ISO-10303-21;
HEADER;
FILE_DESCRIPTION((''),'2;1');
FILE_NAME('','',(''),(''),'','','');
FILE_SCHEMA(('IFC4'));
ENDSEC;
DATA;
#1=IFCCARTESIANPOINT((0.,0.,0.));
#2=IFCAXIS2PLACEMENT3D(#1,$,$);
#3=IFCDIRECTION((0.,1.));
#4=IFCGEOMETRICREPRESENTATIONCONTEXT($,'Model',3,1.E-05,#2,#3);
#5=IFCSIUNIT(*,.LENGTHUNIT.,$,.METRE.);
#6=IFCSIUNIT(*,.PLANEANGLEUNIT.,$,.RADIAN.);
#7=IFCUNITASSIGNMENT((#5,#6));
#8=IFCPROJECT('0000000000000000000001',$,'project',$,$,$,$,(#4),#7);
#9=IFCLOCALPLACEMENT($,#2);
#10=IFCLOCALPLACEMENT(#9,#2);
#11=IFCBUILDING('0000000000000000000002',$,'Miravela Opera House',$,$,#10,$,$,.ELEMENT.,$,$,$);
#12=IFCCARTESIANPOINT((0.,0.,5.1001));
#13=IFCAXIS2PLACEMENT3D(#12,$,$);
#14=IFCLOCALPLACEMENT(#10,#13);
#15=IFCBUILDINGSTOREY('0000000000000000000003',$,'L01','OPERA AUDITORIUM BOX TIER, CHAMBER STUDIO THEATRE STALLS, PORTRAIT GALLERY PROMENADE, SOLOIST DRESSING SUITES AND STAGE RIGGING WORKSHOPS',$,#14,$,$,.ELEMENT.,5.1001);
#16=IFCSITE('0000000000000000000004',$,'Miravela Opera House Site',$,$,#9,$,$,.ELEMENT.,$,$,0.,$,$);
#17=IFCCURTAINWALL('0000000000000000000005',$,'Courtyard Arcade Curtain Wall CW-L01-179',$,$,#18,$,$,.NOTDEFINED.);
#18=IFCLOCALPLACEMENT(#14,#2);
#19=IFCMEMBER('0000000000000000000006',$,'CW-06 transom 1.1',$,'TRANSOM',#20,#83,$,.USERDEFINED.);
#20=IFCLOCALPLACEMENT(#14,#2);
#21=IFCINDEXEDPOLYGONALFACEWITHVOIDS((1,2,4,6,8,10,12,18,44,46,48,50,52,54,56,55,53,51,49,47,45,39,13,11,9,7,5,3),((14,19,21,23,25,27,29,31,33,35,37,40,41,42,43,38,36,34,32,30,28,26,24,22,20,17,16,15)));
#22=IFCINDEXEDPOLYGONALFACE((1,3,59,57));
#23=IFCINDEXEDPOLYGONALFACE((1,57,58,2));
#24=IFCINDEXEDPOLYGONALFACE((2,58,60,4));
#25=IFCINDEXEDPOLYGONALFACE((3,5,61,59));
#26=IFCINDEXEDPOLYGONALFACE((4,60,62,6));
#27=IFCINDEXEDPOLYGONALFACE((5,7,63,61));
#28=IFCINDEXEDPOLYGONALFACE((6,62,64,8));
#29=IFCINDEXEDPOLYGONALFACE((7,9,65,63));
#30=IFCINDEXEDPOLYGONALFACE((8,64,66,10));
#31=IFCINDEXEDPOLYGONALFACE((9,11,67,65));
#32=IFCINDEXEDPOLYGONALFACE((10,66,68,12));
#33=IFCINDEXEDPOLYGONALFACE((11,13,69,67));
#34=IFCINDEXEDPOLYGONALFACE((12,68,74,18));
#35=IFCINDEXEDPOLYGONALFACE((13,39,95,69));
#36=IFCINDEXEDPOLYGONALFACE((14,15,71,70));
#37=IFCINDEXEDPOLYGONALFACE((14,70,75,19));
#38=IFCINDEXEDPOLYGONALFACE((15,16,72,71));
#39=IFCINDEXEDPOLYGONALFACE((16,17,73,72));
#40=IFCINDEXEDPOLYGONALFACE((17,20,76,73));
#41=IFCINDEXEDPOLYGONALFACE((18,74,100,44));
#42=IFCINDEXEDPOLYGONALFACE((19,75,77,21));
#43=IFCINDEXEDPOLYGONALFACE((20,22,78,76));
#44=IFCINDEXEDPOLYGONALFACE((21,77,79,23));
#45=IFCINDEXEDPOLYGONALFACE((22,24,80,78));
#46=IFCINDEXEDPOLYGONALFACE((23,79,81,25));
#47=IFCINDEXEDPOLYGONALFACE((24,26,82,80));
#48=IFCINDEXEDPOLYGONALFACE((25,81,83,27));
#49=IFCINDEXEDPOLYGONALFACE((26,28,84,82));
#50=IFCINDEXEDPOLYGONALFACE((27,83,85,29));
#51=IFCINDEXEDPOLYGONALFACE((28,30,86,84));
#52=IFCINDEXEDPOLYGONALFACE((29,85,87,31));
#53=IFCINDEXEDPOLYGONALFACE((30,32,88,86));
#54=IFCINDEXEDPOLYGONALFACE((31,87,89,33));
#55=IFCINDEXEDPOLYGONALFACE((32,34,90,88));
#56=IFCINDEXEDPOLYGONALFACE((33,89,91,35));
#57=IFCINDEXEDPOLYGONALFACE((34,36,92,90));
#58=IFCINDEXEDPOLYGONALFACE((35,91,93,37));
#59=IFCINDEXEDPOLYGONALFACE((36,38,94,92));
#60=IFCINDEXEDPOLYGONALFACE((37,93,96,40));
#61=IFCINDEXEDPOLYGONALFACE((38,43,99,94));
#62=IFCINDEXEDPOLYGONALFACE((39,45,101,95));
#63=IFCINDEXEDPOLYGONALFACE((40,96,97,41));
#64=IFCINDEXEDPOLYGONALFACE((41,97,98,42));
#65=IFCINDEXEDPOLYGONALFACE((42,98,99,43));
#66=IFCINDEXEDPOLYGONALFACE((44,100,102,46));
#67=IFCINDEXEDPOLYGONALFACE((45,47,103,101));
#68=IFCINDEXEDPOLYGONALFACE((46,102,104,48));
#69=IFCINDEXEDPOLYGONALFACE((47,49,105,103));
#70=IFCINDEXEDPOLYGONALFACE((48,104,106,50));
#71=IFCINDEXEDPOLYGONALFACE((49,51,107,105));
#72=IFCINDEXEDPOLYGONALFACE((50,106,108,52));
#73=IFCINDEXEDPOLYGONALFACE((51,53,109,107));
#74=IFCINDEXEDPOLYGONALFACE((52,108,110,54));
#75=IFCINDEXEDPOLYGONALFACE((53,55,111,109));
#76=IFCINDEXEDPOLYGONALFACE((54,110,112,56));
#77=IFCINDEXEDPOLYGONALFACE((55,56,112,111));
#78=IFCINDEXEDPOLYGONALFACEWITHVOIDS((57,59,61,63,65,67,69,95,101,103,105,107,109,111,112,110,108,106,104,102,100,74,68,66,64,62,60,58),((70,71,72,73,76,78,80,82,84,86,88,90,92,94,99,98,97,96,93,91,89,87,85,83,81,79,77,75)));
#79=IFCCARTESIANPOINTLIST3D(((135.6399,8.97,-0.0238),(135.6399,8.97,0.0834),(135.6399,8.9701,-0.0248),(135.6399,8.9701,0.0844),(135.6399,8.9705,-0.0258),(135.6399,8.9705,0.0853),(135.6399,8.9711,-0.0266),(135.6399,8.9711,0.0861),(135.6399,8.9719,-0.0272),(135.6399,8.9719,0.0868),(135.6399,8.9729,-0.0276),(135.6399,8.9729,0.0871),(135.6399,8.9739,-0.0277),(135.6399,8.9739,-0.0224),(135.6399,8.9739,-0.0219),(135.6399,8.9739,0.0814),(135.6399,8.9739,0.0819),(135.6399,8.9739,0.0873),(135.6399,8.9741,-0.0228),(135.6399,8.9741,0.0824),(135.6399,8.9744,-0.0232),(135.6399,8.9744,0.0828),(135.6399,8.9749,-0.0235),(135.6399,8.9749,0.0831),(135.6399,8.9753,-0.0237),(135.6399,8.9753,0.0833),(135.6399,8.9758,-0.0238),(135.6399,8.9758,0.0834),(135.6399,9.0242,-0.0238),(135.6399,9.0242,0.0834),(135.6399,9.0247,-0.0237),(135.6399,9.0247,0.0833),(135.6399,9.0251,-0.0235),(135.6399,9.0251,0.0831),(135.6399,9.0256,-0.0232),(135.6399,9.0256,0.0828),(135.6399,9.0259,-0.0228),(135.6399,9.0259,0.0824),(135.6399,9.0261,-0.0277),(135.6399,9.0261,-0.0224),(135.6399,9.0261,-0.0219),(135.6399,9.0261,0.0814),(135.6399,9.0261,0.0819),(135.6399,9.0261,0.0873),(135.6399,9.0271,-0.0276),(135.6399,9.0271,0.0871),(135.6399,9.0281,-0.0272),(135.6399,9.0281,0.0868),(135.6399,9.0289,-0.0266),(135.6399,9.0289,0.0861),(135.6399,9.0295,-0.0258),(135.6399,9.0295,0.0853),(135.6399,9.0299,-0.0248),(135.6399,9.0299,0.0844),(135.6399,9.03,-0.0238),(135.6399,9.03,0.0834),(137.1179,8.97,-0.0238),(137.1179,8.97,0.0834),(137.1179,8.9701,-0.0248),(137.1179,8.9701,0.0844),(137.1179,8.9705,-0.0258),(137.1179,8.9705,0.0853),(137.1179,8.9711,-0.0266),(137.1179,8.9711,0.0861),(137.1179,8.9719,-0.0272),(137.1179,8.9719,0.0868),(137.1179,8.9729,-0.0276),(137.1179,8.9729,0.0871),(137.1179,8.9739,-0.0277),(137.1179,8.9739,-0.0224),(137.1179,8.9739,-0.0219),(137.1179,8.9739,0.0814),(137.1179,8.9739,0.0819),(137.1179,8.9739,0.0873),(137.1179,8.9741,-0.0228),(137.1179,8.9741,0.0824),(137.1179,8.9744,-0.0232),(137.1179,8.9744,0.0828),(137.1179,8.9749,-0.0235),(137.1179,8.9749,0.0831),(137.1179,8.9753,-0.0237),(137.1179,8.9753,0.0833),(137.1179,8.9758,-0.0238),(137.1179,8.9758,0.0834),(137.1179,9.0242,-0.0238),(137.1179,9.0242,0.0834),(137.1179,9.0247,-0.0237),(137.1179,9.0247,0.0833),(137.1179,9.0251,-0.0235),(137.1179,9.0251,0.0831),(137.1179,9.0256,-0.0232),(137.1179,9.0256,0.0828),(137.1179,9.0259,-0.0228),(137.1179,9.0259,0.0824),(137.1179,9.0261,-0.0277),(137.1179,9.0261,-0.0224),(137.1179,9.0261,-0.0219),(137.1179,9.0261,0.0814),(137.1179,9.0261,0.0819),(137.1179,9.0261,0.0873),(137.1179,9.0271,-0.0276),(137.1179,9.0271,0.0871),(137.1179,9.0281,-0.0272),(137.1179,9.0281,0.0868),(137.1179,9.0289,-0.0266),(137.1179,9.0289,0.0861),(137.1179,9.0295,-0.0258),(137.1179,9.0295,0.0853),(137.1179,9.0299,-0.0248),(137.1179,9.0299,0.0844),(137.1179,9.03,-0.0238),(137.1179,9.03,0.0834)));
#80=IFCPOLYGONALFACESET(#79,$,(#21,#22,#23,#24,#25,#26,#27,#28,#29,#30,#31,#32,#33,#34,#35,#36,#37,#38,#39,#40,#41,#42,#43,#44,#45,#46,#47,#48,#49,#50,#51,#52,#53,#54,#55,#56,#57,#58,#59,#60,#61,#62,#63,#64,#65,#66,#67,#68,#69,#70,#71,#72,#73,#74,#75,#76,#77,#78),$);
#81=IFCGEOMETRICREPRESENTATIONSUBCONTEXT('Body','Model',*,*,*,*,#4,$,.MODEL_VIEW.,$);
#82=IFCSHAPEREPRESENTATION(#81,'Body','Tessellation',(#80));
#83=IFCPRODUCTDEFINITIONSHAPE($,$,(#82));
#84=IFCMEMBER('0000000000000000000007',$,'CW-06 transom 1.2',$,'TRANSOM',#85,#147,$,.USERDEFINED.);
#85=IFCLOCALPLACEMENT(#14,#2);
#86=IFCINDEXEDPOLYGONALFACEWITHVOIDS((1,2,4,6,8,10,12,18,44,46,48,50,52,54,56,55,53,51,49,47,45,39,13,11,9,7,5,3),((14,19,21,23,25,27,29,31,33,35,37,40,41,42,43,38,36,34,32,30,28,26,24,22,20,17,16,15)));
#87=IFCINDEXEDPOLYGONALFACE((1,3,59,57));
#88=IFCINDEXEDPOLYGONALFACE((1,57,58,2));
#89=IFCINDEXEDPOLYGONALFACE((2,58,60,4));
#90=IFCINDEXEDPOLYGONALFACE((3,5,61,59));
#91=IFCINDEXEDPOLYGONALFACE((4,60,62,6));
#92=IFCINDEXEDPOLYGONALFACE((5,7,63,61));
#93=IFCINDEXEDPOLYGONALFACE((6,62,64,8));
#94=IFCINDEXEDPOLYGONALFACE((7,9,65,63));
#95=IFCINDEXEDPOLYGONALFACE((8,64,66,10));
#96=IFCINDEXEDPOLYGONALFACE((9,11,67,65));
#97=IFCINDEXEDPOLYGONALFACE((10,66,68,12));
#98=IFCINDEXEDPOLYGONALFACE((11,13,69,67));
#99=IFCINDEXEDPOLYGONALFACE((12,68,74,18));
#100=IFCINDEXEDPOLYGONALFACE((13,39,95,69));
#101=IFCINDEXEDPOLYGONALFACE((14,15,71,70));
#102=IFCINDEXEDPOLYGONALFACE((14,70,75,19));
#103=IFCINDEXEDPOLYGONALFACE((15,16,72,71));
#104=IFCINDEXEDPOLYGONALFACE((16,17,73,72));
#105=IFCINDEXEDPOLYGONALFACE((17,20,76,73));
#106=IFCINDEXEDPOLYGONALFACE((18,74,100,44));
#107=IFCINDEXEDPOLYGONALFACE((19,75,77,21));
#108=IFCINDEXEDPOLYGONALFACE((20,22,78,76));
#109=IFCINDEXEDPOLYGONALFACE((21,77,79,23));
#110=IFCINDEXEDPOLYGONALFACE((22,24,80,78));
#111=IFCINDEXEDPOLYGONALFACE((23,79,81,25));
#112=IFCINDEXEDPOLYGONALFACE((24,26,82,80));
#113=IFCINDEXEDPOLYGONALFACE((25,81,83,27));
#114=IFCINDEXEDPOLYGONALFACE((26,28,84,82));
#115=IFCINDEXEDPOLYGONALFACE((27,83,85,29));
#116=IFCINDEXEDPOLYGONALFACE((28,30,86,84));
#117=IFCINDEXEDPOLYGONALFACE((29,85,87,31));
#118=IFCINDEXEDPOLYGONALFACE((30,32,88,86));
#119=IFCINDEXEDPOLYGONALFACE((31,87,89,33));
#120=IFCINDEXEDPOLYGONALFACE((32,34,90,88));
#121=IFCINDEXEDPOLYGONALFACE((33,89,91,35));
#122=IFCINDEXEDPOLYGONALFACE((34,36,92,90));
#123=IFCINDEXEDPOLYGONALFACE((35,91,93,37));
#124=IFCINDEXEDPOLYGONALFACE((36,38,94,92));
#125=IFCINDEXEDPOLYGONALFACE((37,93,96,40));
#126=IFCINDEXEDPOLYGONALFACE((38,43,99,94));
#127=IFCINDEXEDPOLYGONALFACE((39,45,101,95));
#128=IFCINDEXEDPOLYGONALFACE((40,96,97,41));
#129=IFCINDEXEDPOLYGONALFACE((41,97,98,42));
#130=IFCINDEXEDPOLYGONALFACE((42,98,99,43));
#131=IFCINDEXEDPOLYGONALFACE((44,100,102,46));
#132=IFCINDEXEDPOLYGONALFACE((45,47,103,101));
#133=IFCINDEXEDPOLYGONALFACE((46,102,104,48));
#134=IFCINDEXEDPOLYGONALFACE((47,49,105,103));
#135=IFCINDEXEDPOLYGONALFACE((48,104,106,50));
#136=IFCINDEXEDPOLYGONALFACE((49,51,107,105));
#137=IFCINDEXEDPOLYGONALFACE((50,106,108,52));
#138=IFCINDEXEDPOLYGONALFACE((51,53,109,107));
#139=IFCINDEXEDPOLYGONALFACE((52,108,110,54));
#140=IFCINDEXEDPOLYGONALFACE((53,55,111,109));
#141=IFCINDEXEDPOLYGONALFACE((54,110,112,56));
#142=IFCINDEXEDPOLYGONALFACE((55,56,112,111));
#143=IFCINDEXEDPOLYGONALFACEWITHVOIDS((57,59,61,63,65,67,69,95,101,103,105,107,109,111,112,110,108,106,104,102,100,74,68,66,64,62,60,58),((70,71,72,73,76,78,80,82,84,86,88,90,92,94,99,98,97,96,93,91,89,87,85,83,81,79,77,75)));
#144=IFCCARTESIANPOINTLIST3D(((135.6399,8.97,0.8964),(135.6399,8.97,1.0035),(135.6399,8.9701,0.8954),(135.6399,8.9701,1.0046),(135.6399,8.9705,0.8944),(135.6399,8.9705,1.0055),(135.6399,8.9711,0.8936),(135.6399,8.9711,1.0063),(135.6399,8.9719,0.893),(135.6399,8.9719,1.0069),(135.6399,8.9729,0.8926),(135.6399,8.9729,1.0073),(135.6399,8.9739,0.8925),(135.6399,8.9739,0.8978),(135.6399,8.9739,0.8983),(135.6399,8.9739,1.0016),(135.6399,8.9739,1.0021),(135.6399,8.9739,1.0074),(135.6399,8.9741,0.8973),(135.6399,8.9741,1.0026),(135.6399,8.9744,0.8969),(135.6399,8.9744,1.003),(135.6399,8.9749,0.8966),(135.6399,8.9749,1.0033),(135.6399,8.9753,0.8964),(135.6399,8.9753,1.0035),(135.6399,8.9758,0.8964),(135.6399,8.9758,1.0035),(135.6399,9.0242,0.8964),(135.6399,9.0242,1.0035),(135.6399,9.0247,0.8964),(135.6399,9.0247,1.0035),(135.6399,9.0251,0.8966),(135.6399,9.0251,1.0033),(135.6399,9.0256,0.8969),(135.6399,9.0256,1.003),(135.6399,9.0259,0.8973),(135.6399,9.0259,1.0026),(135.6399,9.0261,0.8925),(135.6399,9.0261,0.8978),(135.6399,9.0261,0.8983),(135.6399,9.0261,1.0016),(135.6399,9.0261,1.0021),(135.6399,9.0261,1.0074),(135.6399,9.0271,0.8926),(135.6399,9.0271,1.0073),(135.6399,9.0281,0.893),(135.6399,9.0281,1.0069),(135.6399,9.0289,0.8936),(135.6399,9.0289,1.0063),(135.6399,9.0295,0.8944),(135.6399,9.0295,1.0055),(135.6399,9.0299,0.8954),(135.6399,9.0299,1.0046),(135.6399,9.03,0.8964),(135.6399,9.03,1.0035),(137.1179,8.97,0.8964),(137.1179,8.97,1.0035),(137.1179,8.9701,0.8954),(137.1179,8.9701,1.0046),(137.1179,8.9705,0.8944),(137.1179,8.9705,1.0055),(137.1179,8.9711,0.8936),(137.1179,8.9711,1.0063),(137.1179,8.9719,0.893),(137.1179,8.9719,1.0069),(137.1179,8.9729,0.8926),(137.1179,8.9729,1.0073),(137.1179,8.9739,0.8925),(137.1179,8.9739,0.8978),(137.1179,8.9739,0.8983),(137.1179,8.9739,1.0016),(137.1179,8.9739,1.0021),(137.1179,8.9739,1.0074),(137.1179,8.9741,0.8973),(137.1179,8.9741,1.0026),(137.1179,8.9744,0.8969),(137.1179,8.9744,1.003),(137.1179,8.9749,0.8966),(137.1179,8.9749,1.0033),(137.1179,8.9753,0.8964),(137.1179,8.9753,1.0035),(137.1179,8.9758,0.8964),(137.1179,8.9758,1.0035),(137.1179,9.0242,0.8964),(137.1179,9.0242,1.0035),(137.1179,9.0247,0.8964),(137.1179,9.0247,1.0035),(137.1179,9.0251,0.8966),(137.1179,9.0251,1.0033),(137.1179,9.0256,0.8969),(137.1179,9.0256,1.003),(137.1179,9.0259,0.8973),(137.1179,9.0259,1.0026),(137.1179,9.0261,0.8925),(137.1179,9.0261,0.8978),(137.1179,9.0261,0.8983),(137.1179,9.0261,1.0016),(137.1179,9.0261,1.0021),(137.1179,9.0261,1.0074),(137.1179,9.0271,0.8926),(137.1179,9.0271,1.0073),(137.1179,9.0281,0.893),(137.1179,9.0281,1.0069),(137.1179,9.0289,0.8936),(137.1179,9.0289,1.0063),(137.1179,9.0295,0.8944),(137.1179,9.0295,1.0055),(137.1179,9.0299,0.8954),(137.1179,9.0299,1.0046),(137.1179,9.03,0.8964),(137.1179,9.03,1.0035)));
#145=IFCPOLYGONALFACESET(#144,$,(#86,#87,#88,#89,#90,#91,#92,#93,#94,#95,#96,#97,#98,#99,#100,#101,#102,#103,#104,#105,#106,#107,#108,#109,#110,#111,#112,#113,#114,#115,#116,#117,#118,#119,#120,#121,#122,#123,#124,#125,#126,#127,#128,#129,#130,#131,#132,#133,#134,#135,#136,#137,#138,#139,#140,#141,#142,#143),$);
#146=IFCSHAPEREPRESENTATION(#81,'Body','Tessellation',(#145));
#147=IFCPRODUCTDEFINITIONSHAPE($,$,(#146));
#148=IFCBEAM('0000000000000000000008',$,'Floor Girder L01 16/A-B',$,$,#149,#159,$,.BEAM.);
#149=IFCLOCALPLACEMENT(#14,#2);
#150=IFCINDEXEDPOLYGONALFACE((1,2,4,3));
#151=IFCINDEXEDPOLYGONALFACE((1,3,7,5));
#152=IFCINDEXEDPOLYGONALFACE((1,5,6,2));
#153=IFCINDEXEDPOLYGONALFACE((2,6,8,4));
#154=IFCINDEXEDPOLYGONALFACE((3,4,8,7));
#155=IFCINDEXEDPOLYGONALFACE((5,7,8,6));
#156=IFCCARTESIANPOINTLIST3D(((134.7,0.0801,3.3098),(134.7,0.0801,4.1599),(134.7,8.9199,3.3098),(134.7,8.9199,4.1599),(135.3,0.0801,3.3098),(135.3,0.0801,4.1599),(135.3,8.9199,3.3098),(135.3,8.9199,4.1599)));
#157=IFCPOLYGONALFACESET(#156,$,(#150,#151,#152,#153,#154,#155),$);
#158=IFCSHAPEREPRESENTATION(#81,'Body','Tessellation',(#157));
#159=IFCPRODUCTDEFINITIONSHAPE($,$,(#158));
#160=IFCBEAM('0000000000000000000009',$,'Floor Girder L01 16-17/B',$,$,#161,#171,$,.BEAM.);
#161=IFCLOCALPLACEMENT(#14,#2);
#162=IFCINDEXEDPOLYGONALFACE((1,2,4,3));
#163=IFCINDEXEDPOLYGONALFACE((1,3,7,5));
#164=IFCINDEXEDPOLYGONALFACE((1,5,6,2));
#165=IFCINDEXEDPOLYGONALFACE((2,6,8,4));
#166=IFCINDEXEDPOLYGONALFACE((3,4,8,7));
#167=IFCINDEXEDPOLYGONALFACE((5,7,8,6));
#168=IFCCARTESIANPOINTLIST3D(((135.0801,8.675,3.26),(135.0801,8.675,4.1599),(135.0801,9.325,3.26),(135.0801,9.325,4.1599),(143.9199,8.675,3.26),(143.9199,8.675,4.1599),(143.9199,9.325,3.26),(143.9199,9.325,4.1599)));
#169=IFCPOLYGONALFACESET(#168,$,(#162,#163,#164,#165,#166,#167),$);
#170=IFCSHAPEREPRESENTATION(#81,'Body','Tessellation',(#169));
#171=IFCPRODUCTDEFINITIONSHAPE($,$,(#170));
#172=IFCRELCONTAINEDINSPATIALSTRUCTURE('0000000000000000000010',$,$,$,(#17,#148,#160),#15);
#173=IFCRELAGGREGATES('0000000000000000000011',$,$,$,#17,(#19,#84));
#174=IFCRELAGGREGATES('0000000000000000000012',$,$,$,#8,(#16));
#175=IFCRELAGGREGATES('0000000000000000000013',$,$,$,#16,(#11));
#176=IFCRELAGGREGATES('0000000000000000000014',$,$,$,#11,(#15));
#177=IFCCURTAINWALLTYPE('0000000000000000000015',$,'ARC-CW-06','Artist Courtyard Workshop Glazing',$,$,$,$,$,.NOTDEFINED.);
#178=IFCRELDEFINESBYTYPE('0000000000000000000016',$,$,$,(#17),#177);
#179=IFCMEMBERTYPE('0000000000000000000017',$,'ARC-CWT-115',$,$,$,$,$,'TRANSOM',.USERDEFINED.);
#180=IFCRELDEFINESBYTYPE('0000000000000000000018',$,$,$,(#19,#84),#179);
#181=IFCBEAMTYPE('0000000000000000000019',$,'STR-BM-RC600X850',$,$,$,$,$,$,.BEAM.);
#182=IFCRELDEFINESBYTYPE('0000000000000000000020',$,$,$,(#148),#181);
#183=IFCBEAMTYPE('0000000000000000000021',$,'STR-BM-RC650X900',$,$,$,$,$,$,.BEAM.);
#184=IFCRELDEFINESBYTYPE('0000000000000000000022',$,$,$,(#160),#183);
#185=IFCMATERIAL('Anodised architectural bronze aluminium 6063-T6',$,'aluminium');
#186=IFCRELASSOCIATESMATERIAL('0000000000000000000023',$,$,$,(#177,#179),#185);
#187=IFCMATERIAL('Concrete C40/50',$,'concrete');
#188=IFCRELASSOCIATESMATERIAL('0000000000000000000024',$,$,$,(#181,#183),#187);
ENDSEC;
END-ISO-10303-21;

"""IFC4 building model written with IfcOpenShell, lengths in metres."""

from ifc_helpers import new_model, si_unit, direction, frame, origin, origin_2d, place, context, subcontext, project, spatial, rectangle, hollow_rectangle, extrude, material, material_profile, profile_set, type_object, element, aggregate, save


model = new_model("IFC4")

# Units and contexts
model_context = context("Model", 3, precision=1e-05, world=origin(), true_north=direction((0.0, 1.0)))
body_context = subcontext(model_context, "Body", "Model", "MODEL_VIEW")
ifc_project = project(units=[si_unit("LENGTHUNIT", "METRE"), si_unit("PLANEANGLEUNIT", "RADIAN")], contexts=[model_context])

# Site, building, storey
site_placement = place(None, origin())
site = spatial("IfcSite", under=ifc_project, at=site_placement, Name="Miravela Opera House Site", CompositionType="ELEMENT", RefElevation=0.0)
building_placement = place(site_placement, origin())
building = spatial("IfcBuilding", under=site, at=building_placement, Name="Miravela Opera House", CompositionType="ELEMENT")
storey_placement = place(building_placement, frame((0.0, 0.0, 5.1001)))
storey = spatial("IfcBuildingStorey", under=building, at=storey_placement, Name="L01", Description="OPERA AUDITORIUM BOX TIER, CHAMBER STUDIO THEATRE STALLS, PORTRAIT GALLERY PROMENADE, SOLOIST DRESSING SUITES AND STAGE RIGGING WORKSHOPS", CompositionType="ELEMENT", Elevation=5.1001)

# Shared definitions
ifc_material_1 = material(Name="Anodised architectural bronze aluminium 6063-T6", Category="aluminium")
curtain_wall_type = type_object("IfcCurtainWallType", Name="ARC-CW-06", Description="Artist Courtyard Workshop Glazing", PredefinedType="NOTDEFINED", material=ifc_material_1)

# Curtain wall
curtain_wall_1_placement = place(storey_placement, origin())
curtain_wall_1 = element("IfcCurtainWall", 1, at=curtain_wall_1_placement, inside=storey, type_object=curtain_wall_type, Name="Courtyard Arcade Curtain Wall CW-L01-179", PredefinedType="NOTDEFINED")

# Members
ifc_material_profile_1 = material_profile(ifc_material_1, hollow_rectangle(XDim=0.0601, YDim=0.115, WallThickness=0.0039, InnerFilletRadius=0.002, OuterFilletRadius=0.0039, at=origin_2d()), Name="CWT-60X115")
ifc_profile_set_1 = profile_set([ifc_material_profile_1])
member_type_1 = type_object("IfcMemberType", Name="ARC-CWT-115", ElementType="TRANSOM", PredefinedType="USERDEFINED", material=ifc_profile_set_1)
member_1_placement = place(storey_placement, frame((135.6399, 9.0, 0.0298), z_axis=(1.0, 0.0, 0.0), x_axis=(0.0, 1.0, 0.0)))
member_1 = element("IfcMember", 2, at=member_1_placement, type_object=member_type_1, Name="CW-06 transom 1.1", ObjectType="TRANSOM", PredefinedType="USERDEFINED", context=body_context, shape_type="SweptSolid", body=[
    extrude(hollow_rectangle(XDim=0.0601, YDim=0.115, WallThickness=0.0039, InnerFilletRadius=0.002, OuterFilletRadius=0.0039, at=origin_2d()), origin(), (0.0, 0.0, 1.0), 1.478),
])
member_2_placement = place(storey_placement, frame((135.6399, 9.0, 0.95), z_axis=(1.0, 0.0, 0.0), x_axis=(0.0, 1.0, 0.0)))
member_2 = element("IfcMember", 3, at=member_2_placement, type_object=member_type_1, Name="CW-06 transom 1.2", ObjectType="TRANSOM", PredefinedType="USERDEFINED", context=body_context, shape_type="SweptSolid", body=[
    extrude(hollow_rectangle(XDim=0.0601, YDim=0.115, WallThickness=0.0039, InnerFilletRadius=0.002, OuterFilletRadius=0.0039, at=origin_2d()), origin(), (0.0, 0.0, 1.0), 1.478),
])
aggregate(curtain_wall_1, [member_1, member_2])

# Beams
ifc_material_2 = material(Name="Concrete C40/50", Category="concrete")
ifc_material_profile_2 = material_profile(ifc_material_2, rectangle(XDim=0.6001, YDim=0.8501, at=origin_2d()), Name="RC-BM-600X850")
ifc_profile_set_2 = profile_set([ifc_material_profile_2])
beam_type_1 = type_object("IfcBeamType", Name="STR-BM-RC600X850", PredefinedType="BEAM", material=ifc_profile_set_2)
beam_1_placement = place(storey_placement, frame((135.0, 0.0801, 3.7349), z_axis=(0.0, 1.0, 0.0), x_axis=(-1.0, 0.0, 0.0)))
element("IfcBeam", 4, at=beam_1_placement, inside=storey, type_object=beam_type_1, Name="Floor Girder L01 16/A-B", PredefinedType="BEAM", context=body_context, shape_type="SweptSolid", body=[
    extrude(rectangle(XDim=0.6001, YDim=0.8501, at=origin_2d()), origin(), (0.0, 0.0, 1.0), 8.8398),
])
ifc_material_profile_3 = material_profile(ifc_material_2, rectangle(XDim=0.6499, YDim=0.8999, at=origin_2d()), Name="RC-BM-650X900")
ifc_profile_set_3 = profile_set([ifc_material_profile_3])
beam_type_2 = type_object("IfcBeamType", Name="STR-BM-RC650X900", PredefinedType="BEAM", material=ifc_profile_set_3)
beam_2_placement = place(storey_placement, frame((135.0801, 9.0, 3.71), z_axis=(1.0, 0.0, 0.0), x_axis=(0.0, 1.0, 0.0)))
element("IfcBeam", 5, at=beam_2_placement, inside=storey, type_object=beam_type_2, Name="Floor Girder L01 16-17/B", PredefinedType="BEAM", context=body_context, shape_type="SweptSolid", body=[
    extrude(rectangle(XDim=0.6499, YDim=0.8999, at=origin_2d()), origin(), (0.0, 0.0, 1.0), 8.8398),
])

save(model, "model.ifc")
